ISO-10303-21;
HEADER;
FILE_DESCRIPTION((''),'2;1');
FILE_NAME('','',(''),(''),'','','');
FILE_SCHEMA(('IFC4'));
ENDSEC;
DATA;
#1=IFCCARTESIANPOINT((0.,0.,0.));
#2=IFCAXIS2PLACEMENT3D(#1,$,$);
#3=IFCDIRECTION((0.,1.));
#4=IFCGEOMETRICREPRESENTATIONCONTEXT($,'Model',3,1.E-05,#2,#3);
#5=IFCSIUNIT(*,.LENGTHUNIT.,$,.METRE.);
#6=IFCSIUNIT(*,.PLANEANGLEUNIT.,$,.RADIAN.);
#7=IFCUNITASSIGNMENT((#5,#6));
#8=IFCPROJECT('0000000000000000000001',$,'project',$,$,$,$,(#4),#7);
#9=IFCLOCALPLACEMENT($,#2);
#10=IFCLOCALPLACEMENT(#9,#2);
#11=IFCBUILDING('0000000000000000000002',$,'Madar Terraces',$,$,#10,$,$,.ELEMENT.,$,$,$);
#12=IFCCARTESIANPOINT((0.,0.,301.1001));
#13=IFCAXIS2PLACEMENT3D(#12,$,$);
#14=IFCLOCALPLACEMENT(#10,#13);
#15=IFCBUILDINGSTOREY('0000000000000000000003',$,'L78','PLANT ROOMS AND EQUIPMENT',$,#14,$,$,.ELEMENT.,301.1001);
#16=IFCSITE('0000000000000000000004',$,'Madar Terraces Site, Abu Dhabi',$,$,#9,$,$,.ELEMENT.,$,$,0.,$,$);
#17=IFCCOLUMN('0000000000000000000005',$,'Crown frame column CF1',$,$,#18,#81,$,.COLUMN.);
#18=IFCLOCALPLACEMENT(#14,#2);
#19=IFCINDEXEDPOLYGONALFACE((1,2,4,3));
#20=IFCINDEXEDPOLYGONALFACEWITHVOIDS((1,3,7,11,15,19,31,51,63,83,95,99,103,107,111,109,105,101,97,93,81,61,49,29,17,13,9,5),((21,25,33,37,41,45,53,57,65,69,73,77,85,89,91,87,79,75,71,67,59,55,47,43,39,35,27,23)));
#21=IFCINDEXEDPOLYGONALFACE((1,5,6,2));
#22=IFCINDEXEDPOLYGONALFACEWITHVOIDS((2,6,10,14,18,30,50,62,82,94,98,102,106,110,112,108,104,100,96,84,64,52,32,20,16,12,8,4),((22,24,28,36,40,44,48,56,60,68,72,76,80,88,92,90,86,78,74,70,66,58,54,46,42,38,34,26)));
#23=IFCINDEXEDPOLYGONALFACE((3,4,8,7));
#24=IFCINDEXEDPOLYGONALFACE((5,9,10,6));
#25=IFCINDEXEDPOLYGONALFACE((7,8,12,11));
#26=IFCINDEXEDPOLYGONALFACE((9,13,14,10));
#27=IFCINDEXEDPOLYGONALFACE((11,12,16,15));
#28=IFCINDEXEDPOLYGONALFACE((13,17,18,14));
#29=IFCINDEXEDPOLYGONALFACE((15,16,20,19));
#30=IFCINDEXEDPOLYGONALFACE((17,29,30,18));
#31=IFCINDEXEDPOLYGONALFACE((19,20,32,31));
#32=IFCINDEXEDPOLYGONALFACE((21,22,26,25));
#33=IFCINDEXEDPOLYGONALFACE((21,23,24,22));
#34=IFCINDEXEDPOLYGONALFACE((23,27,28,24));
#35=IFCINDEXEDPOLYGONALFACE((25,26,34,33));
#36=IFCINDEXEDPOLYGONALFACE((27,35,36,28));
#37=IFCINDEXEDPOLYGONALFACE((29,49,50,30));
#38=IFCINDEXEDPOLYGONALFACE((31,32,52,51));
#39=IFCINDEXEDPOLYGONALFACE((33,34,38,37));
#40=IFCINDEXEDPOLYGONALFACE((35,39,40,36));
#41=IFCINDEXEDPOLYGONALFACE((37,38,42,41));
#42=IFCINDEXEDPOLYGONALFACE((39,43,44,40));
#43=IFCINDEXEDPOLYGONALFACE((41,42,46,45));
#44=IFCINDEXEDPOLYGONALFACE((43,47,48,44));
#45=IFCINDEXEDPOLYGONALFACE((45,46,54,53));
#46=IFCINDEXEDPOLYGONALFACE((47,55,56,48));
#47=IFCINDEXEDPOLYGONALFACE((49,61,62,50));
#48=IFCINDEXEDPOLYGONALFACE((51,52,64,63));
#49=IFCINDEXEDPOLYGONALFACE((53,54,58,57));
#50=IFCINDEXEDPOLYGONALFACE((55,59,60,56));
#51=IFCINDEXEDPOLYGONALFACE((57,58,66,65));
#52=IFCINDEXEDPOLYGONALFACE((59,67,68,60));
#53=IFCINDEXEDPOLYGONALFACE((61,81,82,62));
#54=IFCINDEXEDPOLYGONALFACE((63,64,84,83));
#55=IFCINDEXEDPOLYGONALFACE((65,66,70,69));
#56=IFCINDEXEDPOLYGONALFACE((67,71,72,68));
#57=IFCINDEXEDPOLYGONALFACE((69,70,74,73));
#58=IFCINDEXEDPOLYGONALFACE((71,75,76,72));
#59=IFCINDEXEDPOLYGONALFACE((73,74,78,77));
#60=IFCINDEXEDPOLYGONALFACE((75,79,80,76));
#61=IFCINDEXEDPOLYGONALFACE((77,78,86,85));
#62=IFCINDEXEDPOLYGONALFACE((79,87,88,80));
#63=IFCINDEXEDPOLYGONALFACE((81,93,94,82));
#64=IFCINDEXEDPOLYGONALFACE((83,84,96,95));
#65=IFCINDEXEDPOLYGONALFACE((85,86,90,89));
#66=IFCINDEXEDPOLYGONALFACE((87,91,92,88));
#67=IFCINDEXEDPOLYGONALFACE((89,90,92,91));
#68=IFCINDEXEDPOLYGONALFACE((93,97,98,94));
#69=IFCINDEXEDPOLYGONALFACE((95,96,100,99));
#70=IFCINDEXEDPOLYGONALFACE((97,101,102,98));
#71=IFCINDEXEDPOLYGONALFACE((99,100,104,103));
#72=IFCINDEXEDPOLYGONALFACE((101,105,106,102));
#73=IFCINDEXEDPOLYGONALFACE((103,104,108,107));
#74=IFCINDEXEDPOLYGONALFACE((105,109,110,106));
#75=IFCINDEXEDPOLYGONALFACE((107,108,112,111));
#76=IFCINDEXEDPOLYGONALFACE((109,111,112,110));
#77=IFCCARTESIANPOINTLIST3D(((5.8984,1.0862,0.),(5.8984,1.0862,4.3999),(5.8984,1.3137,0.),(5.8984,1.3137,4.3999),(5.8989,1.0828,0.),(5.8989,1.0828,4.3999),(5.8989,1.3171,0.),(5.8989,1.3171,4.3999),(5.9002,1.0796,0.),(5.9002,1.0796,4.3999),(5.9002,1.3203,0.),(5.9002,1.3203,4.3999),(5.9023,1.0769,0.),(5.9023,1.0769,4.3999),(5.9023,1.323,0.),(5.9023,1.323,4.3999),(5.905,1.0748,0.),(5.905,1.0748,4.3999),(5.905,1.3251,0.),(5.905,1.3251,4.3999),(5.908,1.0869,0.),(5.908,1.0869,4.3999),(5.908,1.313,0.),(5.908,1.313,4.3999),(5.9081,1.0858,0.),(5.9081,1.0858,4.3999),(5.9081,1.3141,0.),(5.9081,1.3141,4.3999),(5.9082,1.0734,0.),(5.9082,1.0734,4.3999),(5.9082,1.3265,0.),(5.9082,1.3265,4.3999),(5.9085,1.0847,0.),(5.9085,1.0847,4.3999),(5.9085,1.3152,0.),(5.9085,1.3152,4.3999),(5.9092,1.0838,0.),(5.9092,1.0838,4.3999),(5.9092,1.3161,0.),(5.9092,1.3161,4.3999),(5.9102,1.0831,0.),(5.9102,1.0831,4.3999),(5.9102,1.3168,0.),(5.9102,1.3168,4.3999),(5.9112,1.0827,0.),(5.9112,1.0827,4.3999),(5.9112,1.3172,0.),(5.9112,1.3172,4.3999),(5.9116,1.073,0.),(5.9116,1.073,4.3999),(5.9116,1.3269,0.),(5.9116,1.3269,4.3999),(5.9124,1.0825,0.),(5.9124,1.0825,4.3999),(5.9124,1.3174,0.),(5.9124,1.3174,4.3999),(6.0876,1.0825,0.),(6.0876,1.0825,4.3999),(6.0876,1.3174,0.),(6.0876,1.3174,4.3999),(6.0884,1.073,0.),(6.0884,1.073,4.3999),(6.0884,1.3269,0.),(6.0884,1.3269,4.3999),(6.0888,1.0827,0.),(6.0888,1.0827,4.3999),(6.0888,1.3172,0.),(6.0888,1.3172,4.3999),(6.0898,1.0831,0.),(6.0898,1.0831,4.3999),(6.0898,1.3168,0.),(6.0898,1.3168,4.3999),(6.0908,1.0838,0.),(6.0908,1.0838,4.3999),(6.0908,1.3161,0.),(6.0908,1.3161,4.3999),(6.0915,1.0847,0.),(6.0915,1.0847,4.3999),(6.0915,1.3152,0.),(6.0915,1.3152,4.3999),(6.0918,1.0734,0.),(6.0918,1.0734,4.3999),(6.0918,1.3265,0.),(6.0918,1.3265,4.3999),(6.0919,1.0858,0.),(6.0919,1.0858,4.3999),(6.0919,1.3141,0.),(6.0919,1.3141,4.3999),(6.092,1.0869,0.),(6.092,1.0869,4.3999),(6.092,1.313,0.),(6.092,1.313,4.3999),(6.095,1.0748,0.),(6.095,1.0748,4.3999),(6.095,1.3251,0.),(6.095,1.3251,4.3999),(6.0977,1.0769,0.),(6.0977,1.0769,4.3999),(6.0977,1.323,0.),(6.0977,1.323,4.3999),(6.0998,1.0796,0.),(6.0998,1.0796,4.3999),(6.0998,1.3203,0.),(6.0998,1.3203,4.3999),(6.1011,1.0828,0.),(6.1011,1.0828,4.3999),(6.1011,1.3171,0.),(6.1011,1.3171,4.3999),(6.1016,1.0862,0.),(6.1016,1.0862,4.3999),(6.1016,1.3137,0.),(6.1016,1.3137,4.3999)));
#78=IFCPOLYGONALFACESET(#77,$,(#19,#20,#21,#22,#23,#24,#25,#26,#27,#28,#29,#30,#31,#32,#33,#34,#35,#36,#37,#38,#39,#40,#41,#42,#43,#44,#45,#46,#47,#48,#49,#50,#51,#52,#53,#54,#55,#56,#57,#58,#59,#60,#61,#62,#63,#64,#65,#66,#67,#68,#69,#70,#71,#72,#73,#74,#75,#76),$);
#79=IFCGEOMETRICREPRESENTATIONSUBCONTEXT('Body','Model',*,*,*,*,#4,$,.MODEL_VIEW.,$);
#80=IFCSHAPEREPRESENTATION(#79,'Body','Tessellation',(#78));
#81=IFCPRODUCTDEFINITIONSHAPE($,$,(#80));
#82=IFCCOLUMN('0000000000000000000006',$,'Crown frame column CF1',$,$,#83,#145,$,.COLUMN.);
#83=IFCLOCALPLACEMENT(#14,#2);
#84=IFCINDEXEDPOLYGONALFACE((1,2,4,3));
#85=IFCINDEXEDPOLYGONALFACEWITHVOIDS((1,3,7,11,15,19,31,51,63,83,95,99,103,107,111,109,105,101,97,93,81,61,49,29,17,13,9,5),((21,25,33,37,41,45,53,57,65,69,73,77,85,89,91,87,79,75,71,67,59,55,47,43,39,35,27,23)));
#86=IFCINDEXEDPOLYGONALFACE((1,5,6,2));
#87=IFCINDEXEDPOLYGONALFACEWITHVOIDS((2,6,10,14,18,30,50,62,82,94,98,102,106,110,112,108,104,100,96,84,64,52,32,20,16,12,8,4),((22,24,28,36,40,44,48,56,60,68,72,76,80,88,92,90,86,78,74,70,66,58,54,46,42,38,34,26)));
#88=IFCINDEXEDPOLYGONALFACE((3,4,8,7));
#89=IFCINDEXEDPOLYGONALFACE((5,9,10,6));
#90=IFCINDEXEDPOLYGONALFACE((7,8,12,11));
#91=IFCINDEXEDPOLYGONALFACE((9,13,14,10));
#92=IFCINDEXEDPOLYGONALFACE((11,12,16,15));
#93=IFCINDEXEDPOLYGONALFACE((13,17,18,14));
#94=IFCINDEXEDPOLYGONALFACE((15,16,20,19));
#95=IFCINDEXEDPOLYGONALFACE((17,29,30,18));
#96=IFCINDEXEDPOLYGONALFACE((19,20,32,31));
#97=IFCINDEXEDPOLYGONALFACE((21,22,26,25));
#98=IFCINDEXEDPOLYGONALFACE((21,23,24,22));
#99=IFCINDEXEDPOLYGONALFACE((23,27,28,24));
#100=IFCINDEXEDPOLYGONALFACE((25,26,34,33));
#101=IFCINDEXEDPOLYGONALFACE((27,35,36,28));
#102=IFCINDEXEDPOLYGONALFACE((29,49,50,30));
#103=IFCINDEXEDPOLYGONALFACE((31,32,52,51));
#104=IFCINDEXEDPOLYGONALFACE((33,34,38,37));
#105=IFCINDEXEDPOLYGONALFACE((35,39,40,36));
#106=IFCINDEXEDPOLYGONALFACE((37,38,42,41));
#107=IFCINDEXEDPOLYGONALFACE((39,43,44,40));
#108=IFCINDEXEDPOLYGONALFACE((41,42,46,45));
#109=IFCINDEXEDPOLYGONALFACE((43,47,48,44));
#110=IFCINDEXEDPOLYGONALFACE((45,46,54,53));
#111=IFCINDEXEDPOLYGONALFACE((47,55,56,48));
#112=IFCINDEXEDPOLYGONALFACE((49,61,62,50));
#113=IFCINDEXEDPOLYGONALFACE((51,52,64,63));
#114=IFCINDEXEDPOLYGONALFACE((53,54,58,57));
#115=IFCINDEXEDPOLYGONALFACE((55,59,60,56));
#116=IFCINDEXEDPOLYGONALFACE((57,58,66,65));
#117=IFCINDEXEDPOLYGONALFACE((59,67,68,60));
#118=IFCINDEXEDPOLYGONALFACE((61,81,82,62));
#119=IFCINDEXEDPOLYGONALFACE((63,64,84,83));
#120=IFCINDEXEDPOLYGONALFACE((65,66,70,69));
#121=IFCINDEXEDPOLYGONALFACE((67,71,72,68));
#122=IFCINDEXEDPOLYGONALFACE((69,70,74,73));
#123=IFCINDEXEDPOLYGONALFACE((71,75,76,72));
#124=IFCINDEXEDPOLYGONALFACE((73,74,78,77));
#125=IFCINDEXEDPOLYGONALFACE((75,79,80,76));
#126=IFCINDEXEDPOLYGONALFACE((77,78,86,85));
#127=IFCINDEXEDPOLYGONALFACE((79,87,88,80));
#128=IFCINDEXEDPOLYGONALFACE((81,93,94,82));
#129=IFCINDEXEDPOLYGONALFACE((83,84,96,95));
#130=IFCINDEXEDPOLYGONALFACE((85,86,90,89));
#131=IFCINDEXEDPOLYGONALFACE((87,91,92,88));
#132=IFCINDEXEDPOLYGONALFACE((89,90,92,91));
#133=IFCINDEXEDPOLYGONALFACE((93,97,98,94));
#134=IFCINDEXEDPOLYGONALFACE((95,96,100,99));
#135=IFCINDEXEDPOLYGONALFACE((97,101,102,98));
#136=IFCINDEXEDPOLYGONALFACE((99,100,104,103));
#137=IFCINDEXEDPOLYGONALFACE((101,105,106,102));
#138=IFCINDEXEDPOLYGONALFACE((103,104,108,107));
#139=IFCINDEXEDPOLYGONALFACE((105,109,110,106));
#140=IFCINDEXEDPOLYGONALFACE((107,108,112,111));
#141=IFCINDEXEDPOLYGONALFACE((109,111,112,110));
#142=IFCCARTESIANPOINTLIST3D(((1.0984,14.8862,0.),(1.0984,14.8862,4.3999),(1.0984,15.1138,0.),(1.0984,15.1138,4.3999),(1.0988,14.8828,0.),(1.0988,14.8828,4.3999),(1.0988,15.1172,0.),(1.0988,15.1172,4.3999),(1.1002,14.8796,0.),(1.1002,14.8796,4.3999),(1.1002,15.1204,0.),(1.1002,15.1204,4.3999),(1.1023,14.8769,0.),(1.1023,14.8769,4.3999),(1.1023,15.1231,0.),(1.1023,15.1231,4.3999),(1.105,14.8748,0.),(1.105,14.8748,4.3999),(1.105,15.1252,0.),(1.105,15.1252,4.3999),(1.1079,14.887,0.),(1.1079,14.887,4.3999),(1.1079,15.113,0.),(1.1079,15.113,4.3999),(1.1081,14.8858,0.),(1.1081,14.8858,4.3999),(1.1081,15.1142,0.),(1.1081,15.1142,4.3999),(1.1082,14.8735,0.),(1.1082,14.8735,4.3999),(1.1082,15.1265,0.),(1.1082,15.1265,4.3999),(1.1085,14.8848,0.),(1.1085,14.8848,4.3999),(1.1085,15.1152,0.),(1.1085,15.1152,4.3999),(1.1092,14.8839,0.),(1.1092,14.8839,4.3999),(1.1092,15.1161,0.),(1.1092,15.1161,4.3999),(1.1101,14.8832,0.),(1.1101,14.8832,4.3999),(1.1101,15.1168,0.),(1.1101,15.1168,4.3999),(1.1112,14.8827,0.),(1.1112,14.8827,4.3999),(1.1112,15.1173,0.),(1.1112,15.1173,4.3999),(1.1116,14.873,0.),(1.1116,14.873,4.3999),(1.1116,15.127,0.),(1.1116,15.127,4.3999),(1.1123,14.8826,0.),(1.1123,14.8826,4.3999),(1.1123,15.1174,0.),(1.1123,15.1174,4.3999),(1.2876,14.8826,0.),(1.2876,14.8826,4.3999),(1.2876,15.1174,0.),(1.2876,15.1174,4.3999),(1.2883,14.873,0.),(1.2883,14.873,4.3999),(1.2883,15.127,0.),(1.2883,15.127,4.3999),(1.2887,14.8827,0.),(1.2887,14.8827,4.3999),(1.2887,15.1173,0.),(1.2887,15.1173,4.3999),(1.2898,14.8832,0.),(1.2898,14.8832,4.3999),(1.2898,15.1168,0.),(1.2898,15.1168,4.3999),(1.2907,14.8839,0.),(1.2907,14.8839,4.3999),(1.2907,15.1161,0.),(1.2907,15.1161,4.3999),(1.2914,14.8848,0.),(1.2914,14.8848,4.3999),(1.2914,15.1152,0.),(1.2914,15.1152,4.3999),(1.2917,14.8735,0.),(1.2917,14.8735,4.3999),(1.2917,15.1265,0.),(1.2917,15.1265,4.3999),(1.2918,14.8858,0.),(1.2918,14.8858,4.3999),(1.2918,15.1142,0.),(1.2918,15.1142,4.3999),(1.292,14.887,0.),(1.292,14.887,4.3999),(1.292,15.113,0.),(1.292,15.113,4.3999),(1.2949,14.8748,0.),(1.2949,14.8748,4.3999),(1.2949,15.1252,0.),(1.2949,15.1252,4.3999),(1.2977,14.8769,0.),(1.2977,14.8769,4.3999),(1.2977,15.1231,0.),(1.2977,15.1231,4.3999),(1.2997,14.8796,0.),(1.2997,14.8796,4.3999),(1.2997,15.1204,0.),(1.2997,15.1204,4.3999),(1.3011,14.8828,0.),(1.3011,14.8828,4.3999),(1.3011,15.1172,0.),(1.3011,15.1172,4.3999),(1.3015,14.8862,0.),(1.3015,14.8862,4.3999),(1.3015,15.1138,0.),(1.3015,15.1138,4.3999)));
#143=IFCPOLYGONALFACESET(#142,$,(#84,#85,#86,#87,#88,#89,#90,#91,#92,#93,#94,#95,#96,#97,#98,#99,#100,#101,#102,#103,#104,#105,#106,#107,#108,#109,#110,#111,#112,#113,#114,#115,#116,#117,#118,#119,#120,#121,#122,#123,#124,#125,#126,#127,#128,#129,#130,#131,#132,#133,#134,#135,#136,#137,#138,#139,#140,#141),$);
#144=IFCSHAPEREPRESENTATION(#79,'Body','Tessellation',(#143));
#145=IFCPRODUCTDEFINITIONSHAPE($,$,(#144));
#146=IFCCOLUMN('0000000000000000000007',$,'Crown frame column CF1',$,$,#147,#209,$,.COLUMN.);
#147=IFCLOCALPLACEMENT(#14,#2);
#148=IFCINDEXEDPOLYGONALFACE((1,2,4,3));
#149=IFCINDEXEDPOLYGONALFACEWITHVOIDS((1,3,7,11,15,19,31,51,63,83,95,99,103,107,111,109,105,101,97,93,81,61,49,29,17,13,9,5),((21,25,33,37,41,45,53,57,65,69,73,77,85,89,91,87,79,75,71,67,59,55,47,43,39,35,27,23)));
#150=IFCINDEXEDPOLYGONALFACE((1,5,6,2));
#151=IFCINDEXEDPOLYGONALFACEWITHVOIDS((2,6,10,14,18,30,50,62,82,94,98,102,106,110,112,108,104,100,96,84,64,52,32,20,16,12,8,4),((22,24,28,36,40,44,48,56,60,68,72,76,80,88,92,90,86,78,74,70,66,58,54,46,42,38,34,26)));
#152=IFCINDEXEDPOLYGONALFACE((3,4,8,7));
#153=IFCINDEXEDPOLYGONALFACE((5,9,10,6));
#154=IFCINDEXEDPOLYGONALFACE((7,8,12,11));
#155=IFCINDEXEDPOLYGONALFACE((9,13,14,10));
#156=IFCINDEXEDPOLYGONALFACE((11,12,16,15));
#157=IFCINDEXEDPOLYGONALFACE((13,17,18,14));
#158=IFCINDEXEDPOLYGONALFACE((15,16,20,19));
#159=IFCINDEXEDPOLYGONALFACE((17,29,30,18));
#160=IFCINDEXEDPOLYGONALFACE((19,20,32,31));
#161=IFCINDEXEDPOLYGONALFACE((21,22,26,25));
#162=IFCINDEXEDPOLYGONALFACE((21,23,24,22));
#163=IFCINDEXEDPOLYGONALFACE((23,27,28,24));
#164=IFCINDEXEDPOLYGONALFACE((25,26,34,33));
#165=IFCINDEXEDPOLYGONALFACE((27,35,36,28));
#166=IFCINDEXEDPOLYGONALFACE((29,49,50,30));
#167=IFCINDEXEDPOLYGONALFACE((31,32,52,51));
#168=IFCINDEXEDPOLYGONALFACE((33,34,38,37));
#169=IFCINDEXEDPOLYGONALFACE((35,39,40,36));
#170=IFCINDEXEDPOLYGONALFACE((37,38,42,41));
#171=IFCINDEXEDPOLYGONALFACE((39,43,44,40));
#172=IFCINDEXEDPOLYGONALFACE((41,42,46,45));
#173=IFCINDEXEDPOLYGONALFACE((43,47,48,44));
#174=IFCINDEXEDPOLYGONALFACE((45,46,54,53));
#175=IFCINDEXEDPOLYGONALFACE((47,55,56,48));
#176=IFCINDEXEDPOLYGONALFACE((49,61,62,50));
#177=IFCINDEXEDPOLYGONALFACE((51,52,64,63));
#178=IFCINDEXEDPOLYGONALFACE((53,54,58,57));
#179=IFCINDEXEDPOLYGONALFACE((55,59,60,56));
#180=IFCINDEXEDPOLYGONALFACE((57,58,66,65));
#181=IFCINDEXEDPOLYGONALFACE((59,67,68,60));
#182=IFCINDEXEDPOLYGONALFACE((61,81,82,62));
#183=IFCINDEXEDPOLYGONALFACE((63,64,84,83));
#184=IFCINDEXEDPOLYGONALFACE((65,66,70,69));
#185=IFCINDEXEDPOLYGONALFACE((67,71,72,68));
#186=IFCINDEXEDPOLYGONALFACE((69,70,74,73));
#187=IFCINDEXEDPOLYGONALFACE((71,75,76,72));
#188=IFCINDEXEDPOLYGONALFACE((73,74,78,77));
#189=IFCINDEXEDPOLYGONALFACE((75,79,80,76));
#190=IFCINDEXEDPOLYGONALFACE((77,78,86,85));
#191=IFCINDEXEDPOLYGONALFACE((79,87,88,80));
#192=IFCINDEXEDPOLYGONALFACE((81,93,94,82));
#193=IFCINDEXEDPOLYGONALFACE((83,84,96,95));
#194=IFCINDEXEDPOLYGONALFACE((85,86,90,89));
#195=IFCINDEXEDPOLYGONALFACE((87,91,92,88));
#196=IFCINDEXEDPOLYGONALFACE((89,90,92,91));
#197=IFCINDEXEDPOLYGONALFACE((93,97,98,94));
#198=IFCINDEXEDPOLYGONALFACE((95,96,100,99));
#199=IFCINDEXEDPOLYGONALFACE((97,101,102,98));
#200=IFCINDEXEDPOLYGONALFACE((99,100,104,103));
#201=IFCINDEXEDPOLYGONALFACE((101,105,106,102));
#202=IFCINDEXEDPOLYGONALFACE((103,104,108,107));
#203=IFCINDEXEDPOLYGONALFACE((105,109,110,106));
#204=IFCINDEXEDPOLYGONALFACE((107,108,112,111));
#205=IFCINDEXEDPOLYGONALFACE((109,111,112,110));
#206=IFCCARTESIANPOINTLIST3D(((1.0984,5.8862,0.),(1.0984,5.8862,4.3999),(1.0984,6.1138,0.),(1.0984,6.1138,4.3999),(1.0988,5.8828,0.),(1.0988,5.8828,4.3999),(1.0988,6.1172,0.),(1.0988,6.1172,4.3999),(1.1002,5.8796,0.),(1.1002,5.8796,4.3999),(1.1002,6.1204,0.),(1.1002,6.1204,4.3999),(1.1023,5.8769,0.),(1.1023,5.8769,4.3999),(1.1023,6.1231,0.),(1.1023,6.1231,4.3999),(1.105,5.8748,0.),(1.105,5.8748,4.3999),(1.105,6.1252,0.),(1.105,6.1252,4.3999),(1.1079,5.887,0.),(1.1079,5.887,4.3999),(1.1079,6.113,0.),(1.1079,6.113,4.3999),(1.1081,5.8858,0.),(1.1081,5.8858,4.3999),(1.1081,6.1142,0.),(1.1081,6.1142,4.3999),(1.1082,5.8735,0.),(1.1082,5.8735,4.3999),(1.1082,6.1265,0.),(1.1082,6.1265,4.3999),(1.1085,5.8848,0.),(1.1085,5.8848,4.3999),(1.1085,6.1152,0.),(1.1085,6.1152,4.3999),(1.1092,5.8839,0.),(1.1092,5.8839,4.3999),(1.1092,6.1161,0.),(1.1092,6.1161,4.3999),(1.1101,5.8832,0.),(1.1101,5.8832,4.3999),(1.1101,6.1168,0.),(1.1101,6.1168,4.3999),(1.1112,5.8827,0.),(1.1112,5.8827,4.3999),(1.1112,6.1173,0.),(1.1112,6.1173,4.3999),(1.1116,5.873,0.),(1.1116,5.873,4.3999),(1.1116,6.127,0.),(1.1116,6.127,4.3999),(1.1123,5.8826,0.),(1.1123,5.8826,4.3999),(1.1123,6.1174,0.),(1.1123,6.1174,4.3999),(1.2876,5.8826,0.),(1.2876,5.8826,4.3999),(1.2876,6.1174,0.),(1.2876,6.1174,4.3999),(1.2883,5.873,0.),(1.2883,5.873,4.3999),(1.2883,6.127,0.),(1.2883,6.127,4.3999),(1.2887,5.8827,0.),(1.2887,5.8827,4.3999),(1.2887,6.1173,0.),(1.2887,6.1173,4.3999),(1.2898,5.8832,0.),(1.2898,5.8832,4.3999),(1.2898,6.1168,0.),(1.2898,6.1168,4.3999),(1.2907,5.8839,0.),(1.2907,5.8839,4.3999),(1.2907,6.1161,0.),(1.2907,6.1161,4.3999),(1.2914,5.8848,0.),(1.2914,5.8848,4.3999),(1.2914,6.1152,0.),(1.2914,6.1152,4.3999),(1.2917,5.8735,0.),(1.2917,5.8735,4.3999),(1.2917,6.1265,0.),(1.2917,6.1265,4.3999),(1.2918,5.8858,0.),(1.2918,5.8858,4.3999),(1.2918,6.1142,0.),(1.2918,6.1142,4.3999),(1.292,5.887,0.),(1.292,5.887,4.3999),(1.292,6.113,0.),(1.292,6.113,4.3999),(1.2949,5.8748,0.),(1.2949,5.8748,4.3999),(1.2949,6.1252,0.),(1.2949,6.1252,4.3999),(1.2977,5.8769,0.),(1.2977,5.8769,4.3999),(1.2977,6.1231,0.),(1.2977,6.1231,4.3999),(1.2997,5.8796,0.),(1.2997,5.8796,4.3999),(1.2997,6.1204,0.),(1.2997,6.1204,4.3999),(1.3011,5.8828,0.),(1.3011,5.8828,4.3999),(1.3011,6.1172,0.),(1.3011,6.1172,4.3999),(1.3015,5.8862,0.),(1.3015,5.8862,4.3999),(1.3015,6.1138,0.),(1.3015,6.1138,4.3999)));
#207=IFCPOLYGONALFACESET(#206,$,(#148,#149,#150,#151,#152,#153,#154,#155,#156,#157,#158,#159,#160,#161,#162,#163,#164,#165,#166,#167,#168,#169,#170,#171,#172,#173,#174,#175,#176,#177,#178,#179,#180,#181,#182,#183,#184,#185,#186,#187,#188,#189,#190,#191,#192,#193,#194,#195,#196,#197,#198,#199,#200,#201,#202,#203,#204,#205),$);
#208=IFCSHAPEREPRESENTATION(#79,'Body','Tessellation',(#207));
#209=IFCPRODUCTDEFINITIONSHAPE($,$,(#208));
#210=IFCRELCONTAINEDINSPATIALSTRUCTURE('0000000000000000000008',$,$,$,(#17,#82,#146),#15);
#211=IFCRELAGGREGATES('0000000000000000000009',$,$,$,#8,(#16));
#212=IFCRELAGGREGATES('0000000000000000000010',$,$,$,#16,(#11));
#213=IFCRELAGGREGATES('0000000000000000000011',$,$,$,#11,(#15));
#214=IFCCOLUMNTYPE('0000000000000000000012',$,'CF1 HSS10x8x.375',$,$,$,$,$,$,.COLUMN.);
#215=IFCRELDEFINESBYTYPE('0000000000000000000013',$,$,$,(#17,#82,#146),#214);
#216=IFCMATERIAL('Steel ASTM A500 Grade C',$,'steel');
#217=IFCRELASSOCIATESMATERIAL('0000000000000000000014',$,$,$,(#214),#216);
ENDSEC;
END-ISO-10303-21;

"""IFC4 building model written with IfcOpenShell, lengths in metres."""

from ifc_helpers import new_model, si_unit, direction, frame, origin, origin_2d, place, context, subcontext, project, spatial, hollow_rectangle, extrude, material, material_profile, profile_set, type_object, element, save


model = new_model("IFC4")

# Units and contexts
model_context = context("Model", 3, precision=1e-05, world=origin(), true_north=direction((0.0, 1.0)))
body_context = subcontext(model_context, "Body", "Model", "MODEL_VIEW")
ifc_project = project(units=[si_unit("LENGTHUNIT", "METRE"), si_unit("PLANEANGLEUNIT", "RADIAN")], contexts=[model_context])

# Site, building, storey
site_placement = place(None, origin())
site = spatial("IfcSite", under=ifc_project, at=site_placement, Name="Madar Terraces Site, Abu Dhabi", CompositionType="ELEMENT", RefElevation=0.0)
building_placement = place(site_placement, origin())
building = spatial("IfcBuilding", under=site, at=building_placement, Name="Madar Terraces", CompositionType="ELEMENT")
storey_placement = place(building_placement, frame((0.0, 0.0, 301.1001)))
storey = spatial("IfcBuildingStorey", under=building, at=storey_placement, Name="L78", Description="PLANT ROOMS AND EQUIPMENT", CompositionType="ELEMENT", Elevation=301.1001)

# Columns
ifc_material_1 = material(Name="Steel ASTM A500 Grade C", Category="steel")
ifc_material_profile_1 = material_profile(ifc_material_1, hollow_rectangle(XDim=0.2031, YDim=0.2539, WallThickness=0.0095, InnerFilletRadius=0.0044, OuterFilletRadius=0.0132, at=origin_2d()), Name="HSS10x8x.375")
ifc_profile_set_1 = profile_set([ifc_material_profile_1], Name="Steel ASTM A500 Grade C")
column_type = type_object("IfcColumnType", Name="CF1 HSS10x8x.375", PredefinedType="COLUMN", material=ifc_profile_set_1)
for number, where, z_axis, x_axis, name in (
    (1, (6.0, 1.2, 0.0), (0.0, 0.0, 1.0), (1.0, 0.0, 0.0), "Crown frame column CF1"),
    (2, (1.2, 15.0, 0.0), (0.0, 0.0, 1.0), (1.0, 0.0, 0.0), "Crown frame column CF1"),
    (3, (1.2, 6.0, 0.0), (0.0, 0.0, 1.0), (1.0, 0.0, 0.0), "Crown frame column CF1"),
):
    element("IfcColumn", number, at=place(storey_placement, frame(where, z_axis=z_axis, x_axis=x_axis)), inside=storey, type_object=column_type, Name=name, PredefinedType="COLUMN", context=body_context, shape_type="SweptSolid", body=[
        extrude(hollow_rectangle(XDim=0.2031, YDim=0.2539, WallThickness=0.0095, InnerFilletRadius=0.0044, OuterFilletRadius=0.0132, at=origin_2d()), origin(), (0.0, 0.0, 1.0), 4.3999),
    ])

save(model, "model.ifc")
